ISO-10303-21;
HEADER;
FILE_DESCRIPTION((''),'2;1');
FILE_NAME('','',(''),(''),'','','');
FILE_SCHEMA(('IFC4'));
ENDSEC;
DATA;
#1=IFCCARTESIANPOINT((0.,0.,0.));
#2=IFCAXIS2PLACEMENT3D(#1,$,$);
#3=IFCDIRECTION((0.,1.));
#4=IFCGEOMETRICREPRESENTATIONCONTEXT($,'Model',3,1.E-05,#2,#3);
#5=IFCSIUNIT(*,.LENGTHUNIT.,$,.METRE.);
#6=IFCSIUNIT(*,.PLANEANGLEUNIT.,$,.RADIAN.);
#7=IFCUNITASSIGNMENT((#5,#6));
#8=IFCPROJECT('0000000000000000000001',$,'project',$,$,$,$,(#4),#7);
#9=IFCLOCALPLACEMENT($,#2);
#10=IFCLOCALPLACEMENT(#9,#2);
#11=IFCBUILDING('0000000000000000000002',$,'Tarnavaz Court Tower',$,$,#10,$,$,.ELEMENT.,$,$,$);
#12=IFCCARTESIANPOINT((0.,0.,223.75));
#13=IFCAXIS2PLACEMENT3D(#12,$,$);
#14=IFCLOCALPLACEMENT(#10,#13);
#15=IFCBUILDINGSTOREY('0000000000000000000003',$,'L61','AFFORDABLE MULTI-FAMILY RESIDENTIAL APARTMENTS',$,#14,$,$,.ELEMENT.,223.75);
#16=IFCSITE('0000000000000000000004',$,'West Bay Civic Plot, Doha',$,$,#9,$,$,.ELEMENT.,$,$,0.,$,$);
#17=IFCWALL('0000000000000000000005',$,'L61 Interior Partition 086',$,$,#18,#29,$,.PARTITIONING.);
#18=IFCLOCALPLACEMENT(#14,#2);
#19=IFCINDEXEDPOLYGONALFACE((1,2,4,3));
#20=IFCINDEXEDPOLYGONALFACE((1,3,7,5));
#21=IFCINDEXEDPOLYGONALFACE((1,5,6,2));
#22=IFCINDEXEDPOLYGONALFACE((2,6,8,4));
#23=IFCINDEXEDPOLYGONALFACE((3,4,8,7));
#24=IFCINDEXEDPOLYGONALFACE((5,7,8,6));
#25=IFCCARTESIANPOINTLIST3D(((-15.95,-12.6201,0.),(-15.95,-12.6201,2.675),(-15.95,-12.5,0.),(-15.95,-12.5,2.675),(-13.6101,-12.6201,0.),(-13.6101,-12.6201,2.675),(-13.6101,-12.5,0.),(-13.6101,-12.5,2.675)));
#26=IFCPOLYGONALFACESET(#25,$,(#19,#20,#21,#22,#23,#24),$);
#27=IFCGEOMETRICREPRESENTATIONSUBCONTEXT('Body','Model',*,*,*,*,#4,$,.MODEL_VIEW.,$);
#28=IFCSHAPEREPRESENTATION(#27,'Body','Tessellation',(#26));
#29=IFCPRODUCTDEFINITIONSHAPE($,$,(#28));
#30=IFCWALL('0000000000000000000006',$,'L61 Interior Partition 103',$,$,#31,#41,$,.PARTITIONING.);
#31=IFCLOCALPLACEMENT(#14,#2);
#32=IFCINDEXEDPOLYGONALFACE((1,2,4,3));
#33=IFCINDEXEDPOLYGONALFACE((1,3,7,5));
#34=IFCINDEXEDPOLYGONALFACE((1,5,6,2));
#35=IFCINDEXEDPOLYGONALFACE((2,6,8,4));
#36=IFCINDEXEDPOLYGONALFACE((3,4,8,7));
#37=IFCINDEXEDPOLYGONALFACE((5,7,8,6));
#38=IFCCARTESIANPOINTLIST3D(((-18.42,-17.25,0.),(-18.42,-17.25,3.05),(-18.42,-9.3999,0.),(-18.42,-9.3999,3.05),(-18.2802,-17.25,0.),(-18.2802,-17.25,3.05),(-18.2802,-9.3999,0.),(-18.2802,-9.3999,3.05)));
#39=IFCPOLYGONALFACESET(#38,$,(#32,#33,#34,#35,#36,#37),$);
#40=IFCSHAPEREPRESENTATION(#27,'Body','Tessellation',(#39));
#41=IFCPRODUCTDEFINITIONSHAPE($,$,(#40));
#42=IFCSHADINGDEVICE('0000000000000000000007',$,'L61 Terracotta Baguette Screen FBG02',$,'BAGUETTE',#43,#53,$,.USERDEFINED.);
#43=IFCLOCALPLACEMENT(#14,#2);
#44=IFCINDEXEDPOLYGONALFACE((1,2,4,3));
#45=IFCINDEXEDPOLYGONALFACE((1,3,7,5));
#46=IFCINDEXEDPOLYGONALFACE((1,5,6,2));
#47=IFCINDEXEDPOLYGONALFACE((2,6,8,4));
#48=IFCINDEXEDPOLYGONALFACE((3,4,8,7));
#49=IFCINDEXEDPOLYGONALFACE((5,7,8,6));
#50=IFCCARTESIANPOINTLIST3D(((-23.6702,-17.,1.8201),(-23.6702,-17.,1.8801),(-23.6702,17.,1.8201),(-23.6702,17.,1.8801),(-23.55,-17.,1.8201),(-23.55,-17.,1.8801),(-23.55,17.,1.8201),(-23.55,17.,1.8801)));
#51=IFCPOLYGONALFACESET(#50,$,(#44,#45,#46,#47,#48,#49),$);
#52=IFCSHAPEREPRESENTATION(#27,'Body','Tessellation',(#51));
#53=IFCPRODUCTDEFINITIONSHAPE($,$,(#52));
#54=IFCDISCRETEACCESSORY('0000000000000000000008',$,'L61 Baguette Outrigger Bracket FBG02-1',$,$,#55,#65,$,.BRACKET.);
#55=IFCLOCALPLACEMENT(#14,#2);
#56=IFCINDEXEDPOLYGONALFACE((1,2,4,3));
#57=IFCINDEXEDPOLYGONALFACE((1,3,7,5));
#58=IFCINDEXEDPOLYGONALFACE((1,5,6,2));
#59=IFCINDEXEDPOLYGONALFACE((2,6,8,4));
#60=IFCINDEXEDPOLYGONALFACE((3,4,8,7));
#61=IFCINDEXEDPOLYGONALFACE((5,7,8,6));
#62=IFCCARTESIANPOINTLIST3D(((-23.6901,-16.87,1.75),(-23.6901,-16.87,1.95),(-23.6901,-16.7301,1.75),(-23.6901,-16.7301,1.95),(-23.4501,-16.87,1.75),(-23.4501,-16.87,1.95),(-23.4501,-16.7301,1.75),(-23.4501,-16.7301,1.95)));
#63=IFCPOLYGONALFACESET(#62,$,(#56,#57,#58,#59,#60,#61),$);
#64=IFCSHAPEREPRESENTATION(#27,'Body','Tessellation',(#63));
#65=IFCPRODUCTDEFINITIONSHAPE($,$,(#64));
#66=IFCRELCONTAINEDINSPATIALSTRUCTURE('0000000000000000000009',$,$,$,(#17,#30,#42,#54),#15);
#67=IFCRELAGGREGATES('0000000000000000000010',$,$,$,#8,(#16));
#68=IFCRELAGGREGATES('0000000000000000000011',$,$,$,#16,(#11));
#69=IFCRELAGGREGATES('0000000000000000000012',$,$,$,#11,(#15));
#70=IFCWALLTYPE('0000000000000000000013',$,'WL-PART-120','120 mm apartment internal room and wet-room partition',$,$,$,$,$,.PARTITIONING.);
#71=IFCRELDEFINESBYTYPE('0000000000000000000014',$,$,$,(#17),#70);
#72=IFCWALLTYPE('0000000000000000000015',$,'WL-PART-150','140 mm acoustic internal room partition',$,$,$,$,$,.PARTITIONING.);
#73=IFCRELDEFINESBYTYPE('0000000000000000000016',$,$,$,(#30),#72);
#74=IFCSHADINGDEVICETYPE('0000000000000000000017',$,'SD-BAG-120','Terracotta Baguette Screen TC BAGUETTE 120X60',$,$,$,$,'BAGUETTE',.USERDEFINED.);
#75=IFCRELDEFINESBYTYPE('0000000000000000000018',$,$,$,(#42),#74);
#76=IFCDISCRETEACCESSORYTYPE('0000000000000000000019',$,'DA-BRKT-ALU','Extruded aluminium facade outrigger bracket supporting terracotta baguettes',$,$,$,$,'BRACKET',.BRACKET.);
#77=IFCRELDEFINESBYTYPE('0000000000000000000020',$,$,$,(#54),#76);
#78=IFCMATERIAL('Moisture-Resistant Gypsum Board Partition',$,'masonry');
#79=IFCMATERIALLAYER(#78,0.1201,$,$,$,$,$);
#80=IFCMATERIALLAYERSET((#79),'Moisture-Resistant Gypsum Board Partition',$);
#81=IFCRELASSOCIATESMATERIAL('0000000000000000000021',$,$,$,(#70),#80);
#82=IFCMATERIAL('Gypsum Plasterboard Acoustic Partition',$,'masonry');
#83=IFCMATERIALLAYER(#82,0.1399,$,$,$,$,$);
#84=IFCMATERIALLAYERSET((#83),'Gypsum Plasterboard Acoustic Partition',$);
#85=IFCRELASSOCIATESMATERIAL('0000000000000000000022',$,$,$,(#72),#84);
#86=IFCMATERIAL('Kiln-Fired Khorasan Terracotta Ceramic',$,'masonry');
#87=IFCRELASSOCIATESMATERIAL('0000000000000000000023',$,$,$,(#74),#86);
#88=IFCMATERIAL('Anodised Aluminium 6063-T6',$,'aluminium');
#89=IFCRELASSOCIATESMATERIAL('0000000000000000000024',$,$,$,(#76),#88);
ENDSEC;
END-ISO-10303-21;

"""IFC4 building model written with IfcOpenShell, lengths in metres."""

from ifc_helpers import new_model, si_unit, direction, frame, frame_2d, origin, origin_2d, place, context, subcontext, project, spatial, rectangle, extrude, material, layer, layer_set, material_profile, profile_set, type_object, element, save


model = new_model("IFC4")

# Units and contexts
model_context = context("Model", 3, precision=1e-05, world=origin(), true_north=direction((0.0, 1.0)))
body_context = subcontext(model_context, "Body", "Model", "MODEL_VIEW")
ifc_project = project(units=[si_unit("LENGTHUNIT", "METRE"), si_unit("PLANEANGLEUNIT", "RADIAN")], contexts=[model_context])

# Site, building, storey
site_placement = place(None, origin())
site = spatial("IfcSite", under=ifc_project, at=site_placement, Name="West Bay Civic Plot, Doha", CompositionType="ELEMENT", RefElevation=0.0)
building_placement = place(site_placement, origin())
building = spatial("IfcBuilding", under=site, at=building_placement, Name="Tarnavaz Court Tower", CompositionType="ELEMENT")
storey_placement = place(building_placement, frame((0.0, 0.0, 223.75)))
storey = spatial("IfcBuildingStorey", under=building, at=storey_placement, Name="L61", Description="AFFORDABLE MULTI-FAMILY RESIDENTIAL APARTMENTS", CompositionType="ELEMENT", Elevation=223.75)

# Shared definitions
ifc_material_1 = material(Name="Moisture-Resistant Gypsum Board Partition", Category="masonry")
ifc_layer_1 = layer(ifc_material_1, 0.1201)
ifc_layer_set_1 = layer_set([ifc_layer_1], Name="Moisture-Resistant Gypsum Board Partition")
wall_type_1 = type_object("IfcWallType", Name="WL-PART-120", Description="120 mm apartment internal room and wet-room partition", PredefinedType="PARTITIONING", material=ifc_layer_set_1)

# Walls
wall_1_placement = place(storey_placement, frame((-15.95, -12.5601, 0.0), z_axis=(0.0, 0.0, 1.0), x_axis=(1.0, 0.0, 0.0)))
element("IfcWall", 1, at=wall_1_placement, inside=storey, type_object=wall_type_1, Name="L61 Interior Partition 086", PredefinedType="PARTITIONING", context=body_context, shape_type="SweptSolid", body=[
    extrude(rectangle(XDim=2.3398, YDim=0.1201, at=frame_2d((1.1699, 0.0))), origin(), (0.0, 0.0, 1.0), 2.675),
])
ifc_material_2 = material(Name="Gypsum Plasterboard Acoustic Partition", Category="masonry")
ifc_layer_2 = layer(ifc_material_2, 0.1399)
ifc_layer_set_2 = layer_set([ifc_layer_2], Name="Gypsum Plasterboard Acoustic Partition")
wall_type_2 = type_object("IfcWallType", Name="WL-PART-150", Description="140 mm acoustic internal room partition", PredefinedType="PARTITIONING", material=ifc_layer_set_2)
wall_2_placement = place(storey_placement, frame((-18.3501, -17.25, 0.0), z_axis=(0.0, 0.0, 1.0), x_axis=(0.0, 1.0, 0.0)))
element("IfcWall", 2, at=wall_2_placement, inside=storey, type_object=wall_type_2, Name="L61 Interior Partition 103", PredefinedType="PARTITIONING", context=body_context, shape_type="SweptSolid", body=[
    extrude(rectangle(XDim=7.8501, YDim=0.1399, at=frame_2d((3.925, 0.0))), origin(), (0.0, 0.0, 1.0), 3.05),
])

# Shading device
ifc_material_3 = material(Name="Kiln-Fired Khorasan Terracotta Ceramic", Category="masonry")
ifc_material_profile_1 = material_profile(ifc_material_3, rectangle(XDim=0.1201, YDim=0.0601, at=origin_2d()), Name="TC BAGUETTE 120X60")
ifc_profile_set_1 = profile_set([ifc_material_profile_1], Name="Kiln-Fired Khorasan Terracotta Ceramic")
shading_device_type = type_object("IfcShadingDeviceType", Name="SD-BAG-120", Description="Terracotta Baguette Screen TC BAGUETTE 120X60", ElementType="BAGUETTE", PredefinedType="USERDEFINED", material=ifc_profile_set_1)
shading_device_placement = place(storey_placement, frame((-23.6101, -17.0, 1.8501), z_axis=(0.0, 1.0, 0.0), x_axis=(-1.0, 0.0, 0.0)))
element("IfcShadingDevice", 3, at=shading_device_placement, inside=storey, type_object=shading_device_type, Name="L61 Terracotta Baguette Screen FBG02", ObjectType="BAGUETTE", PredefinedType="USERDEFINED", context=body_context, shape_type="SweptSolid", body=[
    extrude(rectangle(XDim=0.1201, YDim=0.0601, at=origin_2d()), origin(), (0.0, 0.0, 1.0), 34.0),
])

# Discrete accessory
ifc_material_4 = material(Name="Anodised Aluminium 6063-T6", Category="aluminium")
discrete_accessory_type = type_object("IfcDiscreteAccessoryType", Name="DA-BRKT-ALU", Description="Extruded aluminium facade outrigger bracket supporting terracotta baguettes", ElementType="BRACKET", PredefinedType="BRACKET", material=ifc_material_4)
discrete_accessory_placement = place(storey_placement, frame((-23.5701, -16.8, 1.75), z_axis=(0.0, 0.0, 1.0), x_axis=(0.0, 1.0, 0.0)))
element("IfcDiscreteAccessory", 4, at=discrete_accessory_placement, inside=storey, type_object=discrete_accessory_type, Name="L61 Baguette Outrigger Bracket FBG02-1", PredefinedType="BRACKET", context=body_context, shape_type="SweptSolid", body=[
    extrude(rectangle(XDim=0.1399, YDim=0.24, at=origin_2d()), origin(), (0.0, 0.0, 1.0), 0.2),
])

save(model, "model.ifc")
